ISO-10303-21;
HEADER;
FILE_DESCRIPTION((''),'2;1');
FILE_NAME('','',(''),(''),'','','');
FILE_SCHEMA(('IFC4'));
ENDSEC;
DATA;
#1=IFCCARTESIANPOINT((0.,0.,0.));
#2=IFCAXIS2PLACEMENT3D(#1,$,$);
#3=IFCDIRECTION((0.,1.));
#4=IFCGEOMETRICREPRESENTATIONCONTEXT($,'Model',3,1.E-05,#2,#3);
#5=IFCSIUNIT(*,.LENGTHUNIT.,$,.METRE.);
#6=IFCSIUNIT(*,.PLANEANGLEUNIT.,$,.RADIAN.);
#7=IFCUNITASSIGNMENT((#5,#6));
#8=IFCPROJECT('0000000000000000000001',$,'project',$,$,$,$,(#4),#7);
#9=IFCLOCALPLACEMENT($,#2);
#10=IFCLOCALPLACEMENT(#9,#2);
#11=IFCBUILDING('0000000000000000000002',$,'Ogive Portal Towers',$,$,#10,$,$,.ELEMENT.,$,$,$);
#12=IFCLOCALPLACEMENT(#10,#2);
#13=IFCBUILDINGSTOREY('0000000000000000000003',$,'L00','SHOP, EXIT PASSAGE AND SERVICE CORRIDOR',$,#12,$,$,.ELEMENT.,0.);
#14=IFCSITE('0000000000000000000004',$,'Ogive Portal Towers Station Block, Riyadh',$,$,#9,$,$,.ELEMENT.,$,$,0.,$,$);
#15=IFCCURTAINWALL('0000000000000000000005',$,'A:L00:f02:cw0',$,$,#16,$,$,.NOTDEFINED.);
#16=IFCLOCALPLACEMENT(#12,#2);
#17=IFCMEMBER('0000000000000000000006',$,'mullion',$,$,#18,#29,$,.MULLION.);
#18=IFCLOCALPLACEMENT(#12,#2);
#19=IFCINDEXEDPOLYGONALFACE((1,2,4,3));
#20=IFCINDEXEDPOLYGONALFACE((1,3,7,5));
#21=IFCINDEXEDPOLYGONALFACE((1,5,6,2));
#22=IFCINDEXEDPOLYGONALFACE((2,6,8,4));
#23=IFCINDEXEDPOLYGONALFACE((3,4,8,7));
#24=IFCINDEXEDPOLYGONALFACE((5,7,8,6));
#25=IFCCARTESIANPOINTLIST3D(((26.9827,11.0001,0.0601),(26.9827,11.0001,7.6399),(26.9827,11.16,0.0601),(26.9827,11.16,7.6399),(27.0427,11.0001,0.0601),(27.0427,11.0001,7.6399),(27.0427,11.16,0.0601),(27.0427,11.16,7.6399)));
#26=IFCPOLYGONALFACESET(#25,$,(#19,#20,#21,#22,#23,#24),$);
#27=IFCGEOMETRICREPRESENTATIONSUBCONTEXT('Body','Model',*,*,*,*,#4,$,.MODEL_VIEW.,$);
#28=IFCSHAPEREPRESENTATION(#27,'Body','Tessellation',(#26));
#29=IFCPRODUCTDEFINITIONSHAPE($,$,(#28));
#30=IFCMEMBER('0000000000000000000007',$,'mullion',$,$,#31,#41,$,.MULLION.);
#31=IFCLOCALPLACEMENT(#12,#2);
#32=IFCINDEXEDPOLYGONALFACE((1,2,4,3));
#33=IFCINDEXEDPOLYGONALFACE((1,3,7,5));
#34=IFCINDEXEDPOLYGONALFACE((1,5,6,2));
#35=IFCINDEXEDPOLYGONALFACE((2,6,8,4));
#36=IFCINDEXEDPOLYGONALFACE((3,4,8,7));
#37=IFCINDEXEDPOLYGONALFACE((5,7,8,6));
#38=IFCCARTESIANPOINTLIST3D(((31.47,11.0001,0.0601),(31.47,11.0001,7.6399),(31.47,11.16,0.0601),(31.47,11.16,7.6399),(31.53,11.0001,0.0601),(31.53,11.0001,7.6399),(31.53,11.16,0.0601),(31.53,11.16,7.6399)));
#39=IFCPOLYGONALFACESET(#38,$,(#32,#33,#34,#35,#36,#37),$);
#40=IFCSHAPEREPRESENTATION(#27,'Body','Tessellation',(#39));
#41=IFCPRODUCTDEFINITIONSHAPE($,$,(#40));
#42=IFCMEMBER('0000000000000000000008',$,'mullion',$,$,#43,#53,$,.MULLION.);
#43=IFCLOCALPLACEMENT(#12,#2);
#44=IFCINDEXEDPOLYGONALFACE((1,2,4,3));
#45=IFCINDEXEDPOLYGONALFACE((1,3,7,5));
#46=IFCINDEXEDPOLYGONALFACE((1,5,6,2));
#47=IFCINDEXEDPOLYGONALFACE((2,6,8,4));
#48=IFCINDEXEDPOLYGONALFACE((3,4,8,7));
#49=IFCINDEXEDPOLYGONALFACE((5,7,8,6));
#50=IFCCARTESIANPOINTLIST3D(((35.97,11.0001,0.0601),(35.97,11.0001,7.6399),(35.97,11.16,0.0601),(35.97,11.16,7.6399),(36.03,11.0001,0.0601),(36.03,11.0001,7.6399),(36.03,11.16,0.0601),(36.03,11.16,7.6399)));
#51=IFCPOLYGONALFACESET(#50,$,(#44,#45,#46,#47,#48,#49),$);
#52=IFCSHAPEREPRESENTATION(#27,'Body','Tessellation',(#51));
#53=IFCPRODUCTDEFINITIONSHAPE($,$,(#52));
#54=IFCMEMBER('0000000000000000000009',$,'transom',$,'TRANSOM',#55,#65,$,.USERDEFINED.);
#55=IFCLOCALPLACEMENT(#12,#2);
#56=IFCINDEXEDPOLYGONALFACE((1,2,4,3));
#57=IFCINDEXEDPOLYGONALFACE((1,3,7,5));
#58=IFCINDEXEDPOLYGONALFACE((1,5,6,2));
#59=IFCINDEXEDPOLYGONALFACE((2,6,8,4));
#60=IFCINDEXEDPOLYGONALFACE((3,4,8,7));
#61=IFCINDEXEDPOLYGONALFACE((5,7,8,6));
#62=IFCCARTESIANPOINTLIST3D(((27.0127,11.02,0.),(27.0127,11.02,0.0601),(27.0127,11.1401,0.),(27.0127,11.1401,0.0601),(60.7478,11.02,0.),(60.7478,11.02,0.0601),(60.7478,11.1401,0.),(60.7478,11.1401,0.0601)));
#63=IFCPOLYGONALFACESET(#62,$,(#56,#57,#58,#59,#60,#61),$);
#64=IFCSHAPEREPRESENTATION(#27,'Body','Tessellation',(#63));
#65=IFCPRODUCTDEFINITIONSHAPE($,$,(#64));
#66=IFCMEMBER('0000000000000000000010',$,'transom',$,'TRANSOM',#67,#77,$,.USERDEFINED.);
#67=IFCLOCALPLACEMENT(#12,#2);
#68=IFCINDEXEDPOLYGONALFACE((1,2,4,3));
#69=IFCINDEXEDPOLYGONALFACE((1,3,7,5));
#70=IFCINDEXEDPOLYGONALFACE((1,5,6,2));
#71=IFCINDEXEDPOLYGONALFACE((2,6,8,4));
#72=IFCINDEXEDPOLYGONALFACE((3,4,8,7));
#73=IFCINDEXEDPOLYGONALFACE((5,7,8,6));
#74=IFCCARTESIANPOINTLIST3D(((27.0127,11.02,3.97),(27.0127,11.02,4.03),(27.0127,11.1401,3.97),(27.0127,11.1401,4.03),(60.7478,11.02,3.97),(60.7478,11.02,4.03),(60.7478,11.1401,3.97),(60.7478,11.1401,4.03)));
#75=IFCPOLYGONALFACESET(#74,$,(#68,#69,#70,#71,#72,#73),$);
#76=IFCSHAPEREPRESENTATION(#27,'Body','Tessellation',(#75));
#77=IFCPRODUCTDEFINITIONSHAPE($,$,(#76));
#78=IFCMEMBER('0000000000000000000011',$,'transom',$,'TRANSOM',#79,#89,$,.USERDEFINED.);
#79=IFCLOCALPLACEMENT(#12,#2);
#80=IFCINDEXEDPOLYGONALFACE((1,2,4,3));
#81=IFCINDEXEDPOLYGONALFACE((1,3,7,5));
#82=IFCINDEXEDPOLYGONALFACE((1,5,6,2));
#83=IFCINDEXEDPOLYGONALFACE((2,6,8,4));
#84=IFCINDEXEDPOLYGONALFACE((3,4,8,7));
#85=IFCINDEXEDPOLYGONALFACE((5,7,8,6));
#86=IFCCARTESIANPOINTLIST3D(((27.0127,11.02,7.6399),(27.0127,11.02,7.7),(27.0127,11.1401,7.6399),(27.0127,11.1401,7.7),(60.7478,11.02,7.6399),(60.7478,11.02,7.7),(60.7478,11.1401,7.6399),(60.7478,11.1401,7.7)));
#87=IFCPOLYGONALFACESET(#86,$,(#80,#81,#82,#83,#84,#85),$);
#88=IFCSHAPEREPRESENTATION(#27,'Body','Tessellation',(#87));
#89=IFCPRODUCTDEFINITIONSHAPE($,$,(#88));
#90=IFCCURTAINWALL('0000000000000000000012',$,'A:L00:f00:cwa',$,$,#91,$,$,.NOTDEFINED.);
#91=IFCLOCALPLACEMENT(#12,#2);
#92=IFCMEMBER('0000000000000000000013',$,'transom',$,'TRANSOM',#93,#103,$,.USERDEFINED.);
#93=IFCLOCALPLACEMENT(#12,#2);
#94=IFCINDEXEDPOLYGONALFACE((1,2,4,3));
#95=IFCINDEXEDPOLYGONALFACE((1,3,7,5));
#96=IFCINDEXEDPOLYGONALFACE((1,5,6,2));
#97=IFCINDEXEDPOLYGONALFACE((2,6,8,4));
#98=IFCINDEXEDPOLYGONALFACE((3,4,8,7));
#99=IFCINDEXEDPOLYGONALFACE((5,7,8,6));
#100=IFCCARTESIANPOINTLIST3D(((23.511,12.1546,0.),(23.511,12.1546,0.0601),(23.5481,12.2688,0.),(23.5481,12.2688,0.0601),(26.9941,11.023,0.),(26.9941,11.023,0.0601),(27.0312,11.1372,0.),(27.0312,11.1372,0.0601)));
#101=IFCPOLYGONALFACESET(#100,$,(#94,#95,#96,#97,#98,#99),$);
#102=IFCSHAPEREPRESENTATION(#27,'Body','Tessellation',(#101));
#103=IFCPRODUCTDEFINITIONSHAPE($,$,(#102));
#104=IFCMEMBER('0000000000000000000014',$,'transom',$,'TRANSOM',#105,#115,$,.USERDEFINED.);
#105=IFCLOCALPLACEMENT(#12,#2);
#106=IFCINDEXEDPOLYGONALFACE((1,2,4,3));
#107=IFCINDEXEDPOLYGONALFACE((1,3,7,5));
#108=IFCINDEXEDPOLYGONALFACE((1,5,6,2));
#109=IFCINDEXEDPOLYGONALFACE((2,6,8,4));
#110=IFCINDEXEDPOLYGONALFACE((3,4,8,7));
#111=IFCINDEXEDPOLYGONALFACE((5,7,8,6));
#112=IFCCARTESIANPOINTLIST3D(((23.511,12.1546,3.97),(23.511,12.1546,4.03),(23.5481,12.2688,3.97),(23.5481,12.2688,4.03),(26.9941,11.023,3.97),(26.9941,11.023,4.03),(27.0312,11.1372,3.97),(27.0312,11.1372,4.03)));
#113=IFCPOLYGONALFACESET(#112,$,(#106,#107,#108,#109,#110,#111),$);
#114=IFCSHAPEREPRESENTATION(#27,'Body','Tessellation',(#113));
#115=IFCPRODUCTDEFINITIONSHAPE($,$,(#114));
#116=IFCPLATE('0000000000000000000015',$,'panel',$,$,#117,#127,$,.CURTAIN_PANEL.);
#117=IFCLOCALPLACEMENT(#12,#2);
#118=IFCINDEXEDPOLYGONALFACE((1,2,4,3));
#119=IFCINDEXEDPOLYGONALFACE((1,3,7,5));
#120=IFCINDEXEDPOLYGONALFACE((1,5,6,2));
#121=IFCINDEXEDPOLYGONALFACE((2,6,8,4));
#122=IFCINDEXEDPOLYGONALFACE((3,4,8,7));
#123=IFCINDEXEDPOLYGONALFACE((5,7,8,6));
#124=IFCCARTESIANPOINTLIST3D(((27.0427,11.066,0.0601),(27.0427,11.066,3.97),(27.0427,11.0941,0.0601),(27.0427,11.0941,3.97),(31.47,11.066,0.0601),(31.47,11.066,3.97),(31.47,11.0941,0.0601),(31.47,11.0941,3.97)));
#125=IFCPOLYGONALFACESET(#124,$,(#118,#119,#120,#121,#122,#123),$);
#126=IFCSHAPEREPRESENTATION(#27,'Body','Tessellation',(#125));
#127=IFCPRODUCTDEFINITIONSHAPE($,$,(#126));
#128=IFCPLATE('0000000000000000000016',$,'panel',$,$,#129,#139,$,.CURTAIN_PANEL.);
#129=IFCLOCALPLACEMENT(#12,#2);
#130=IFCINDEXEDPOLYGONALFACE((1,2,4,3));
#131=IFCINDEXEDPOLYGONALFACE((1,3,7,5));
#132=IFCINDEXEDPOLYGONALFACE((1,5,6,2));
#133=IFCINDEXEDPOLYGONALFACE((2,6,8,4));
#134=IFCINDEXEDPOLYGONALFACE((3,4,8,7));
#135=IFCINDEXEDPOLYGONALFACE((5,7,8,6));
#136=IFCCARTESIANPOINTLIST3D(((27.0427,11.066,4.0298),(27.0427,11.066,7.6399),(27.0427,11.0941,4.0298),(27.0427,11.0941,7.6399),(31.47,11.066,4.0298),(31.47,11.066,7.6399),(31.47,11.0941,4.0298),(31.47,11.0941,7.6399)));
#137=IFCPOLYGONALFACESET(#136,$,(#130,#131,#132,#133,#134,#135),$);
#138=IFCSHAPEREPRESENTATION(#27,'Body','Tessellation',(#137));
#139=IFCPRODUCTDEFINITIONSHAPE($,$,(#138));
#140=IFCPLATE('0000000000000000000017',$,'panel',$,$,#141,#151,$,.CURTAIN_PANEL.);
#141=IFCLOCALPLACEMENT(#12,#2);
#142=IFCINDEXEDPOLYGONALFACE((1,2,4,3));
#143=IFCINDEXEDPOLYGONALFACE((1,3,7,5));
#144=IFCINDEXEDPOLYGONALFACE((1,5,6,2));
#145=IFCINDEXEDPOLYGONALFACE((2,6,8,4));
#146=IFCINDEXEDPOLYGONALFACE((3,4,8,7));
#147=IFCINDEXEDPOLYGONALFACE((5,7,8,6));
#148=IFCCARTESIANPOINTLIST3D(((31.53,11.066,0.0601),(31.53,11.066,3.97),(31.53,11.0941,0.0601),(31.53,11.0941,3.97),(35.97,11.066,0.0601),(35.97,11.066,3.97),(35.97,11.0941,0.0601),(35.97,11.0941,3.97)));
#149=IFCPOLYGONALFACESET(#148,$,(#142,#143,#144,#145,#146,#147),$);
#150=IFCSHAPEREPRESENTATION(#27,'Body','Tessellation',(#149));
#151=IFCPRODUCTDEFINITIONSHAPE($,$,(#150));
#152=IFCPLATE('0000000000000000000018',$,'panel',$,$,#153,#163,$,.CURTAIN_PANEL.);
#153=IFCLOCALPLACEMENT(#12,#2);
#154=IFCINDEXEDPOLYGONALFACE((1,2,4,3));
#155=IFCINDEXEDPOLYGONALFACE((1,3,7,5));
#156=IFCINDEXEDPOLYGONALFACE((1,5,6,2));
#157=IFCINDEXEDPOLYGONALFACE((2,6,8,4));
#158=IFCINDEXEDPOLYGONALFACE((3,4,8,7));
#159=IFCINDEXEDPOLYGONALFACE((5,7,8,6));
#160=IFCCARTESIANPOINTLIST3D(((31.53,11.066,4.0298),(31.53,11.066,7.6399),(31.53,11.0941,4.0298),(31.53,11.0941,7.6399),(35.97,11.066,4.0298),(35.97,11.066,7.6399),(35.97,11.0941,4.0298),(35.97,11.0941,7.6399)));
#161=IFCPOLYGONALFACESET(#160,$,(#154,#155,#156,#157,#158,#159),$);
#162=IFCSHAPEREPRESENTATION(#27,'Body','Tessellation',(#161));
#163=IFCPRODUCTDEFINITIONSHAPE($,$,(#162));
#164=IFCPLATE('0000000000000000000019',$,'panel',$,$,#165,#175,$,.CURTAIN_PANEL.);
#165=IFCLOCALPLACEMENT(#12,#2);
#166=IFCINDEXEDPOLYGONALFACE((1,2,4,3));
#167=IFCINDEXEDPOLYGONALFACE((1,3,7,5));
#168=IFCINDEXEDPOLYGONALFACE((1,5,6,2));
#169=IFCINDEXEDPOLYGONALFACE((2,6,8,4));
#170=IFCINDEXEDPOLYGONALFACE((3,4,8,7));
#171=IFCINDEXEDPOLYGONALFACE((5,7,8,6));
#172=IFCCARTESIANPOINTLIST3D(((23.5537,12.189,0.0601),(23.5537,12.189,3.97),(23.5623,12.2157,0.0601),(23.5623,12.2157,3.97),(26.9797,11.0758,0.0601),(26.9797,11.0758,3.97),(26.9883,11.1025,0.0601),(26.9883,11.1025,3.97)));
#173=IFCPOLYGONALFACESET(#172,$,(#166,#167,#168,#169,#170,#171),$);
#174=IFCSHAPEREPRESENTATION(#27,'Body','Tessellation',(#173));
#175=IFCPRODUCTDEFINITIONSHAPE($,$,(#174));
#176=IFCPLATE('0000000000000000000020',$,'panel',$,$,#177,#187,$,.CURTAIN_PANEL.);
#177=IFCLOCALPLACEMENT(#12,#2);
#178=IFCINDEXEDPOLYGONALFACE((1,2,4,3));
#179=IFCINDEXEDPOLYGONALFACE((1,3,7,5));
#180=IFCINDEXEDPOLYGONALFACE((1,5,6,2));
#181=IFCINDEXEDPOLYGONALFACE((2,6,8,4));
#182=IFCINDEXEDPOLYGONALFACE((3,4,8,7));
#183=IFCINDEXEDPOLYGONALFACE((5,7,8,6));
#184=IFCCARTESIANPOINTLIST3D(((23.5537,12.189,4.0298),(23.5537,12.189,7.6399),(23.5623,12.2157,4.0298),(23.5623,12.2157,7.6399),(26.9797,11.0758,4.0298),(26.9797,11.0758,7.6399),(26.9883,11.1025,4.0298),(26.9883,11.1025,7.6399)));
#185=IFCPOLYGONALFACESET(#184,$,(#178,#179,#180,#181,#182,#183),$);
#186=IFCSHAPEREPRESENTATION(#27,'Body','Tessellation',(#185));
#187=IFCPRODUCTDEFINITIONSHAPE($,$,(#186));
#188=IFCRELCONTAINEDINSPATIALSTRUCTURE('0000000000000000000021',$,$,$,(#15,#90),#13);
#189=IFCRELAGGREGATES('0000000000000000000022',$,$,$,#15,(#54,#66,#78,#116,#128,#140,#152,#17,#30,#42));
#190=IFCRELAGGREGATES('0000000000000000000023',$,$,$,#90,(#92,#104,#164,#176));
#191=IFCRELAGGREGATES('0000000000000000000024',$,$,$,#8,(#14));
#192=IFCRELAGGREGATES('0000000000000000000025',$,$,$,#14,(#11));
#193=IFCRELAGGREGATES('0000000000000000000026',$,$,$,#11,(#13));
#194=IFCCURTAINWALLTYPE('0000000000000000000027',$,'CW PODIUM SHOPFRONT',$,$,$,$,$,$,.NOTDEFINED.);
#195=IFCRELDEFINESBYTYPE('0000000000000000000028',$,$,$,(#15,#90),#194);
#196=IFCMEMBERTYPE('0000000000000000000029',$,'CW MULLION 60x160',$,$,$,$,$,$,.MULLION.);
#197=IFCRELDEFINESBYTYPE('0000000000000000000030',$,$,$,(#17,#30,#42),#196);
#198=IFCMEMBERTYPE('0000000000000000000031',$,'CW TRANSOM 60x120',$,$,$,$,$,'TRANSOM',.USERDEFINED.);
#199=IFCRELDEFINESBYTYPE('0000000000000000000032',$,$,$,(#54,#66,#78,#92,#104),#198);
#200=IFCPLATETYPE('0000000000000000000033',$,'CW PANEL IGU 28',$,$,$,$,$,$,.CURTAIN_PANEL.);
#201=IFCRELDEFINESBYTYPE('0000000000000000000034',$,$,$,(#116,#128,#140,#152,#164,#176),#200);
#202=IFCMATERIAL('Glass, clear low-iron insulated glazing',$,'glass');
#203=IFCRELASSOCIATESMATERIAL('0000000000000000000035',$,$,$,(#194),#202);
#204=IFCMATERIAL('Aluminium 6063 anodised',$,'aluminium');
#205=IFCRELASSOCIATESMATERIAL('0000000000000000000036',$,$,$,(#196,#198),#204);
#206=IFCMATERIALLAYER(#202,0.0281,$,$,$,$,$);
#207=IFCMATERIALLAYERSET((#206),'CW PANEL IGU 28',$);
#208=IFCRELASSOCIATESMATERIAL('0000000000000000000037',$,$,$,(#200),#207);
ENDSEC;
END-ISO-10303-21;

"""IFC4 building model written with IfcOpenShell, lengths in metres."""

from ifc_helpers import new_model, si_unit, direction, frame, origin, origin_2d, place, context, subcontext, project, spatial, rectangle, extrude, material, layer, layer_set, material_profile, profile_set, type_object, element, aggregate, save


model = new_model("IFC4")

# Units and contexts
model_context = context("Model", 3, precision=1e-05, world=origin(), true_north=direction((0.0, 1.0)))
body_context = subcontext(model_context, "Body", "Model", "MODEL_VIEW")
ifc_project = project(units=[si_unit("LENGTHUNIT", "METRE"), si_unit("PLANEANGLEUNIT", "RADIAN")], contexts=[model_context])

# Site, building, storey
site_placement = place(None, origin())
site = spatial("IfcSite", under=ifc_project, at=site_placement, Name="Ogive Portal Towers Station Block, Riyadh", CompositionType="ELEMENT", RefElevation=0.0)
building_placement = place(site_placement, origin())
building = spatial("IfcBuilding", under=site, at=building_placement, Name="Ogive Portal Towers", CompositionType="ELEMENT")
storey_placement = place(building_placement, origin())
storey = spatial("IfcBuildingStorey", under=building, at=storey_placement, Name="L00", Description="SHOP, EXIT PASSAGE AND SERVICE CORRIDOR", CompositionType="ELEMENT", Elevation=0.0)

# Curtain walls, members
ifc_material_1 = material(Name="Glass, clear low-iron insulated glazing", Category="glass")
curtain_wall_type = type_object("IfcCurtainWallType", Name="CW PODIUM SHOPFRONT", PredefinedType="NOTDEFINED", material=ifc_material_1)
curtain_wall_1_placement = place(storey_placement, origin())
curtain_wall_1 = element("IfcCurtainWall", 1, at=curtain_wall_1_placement, inside=storey, type_object=curtain_wall_type, Name="A:L00:f02:cw0", PredefinedType="NOTDEFINED")
ifc_material_2 = material(Name="Aluminium 6063 anodised", Category="aluminium")
ifc_material_profile_1 = material_profile(ifc_material_2, rectangle(XDim=0.1599, YDim=0.0601, at=origin_2d()), Name="AL 60x160")
ifc_profile_set_1 = profile_set([ifc_material_profile_1], Name="Aluminium 6063 anodised")
member_type_1 = type_object("IfcMemberType", Name="CW MULLION 60x160", PredefinedType="MULLION", material=ifc_profile_set_1)
member_1_placement = place(storey_placement, frame((27.0127, 11.0801, 0.0601), z_axis=(0.0, 0.0, 1.0), x_axis=(0.0, 1.0, 0.0)))
member_1 = element("IfcMember", 2, at=member_1_placement, type_object=member_type_1, Name="mullion", PredefinedType="MULLION", context=body_context, shape_type="SweptSolid", body=[
    extrude(rectangle(XDim=0.1599, YDim=0.0601, at=origin_2d()), origin(), (0.0, 0.0, 1.0), 7.5798),
])
member_2_placement = place(storey_placement, frame((31.5, 11.0801, 0.0601), z_axis=(0.0, 0.0, 1.0), x_axis=(0.0, 1.0, 0.0)))
member_2 = element("IfcMember", 3, at=member_2_placement, type_object=member_type_1, Name="mullion", PredefinedType="MULLION", context=body_context, shape_type="SweptSolid", body=[
    extrude(rectangle(XDim=0.1599, YDim=0.0601, at=origin_2d()), origin(), (0.0, 0.0, 1.0), 7.5798),
])
member_3_placement = place(storey_placement, frame((36.0, 11.0801, 0.0601), z_axis=(0.0, 0.0, 1.0), x_axis=(0.0, 1.0, 0.0)))
member_3 = element("IfcMember", 4, at=member_3_placement, type_object=member_type_1, Name="mullion", PredefinedType="MULLION", context=body_context, shape_type="SweptSolid", body=[
    extrude(rectangle(XDim=0.1599, YDim=0.0601, at=origin_2d()), origin(), (0.0, 0.0, 1.0), 7.5798),
])
ifc_material_profile_2 = material_profile(ifc_material_2, rectangle(XDim=0.1201, YDim=0.0601, at=origin_2d()), Name="AL 120x60")
ifc_profile_set_2 = profile_set([ifc_material_profile_2], Name="Aluminium 6063 anodised")
member_type_2 = type_object("IfcMemberType", Name="CW TRANSOM 60x120", ElementType="TRANSOM", PredefinedType="USERDEFINED", material=ifc_profile_set_2)
member_4_placement = place(storey_placement, frame((27.0127, 11.0801, 0.03), z_axis=(1.0, 0.0, 0.0), x_axis=(0.0, 1.0, 0.0)))
member_4 = element("IfcMember", 5, at=member_4_placement, type_object=member_type_2, Name="transom", ObjectType="TRANSOM", PredefinedType="USERDEFINED", context=body_context, shape_type="SweptSolid", body=[
    extrude(rectangle(XDim=0.1201, YDim=0.0601, at=origin_2d()), origin(), (0.0, 0.0, 1.0), 33.7351),
])
member_5_placement = place(storey_placement, frame((27.0127, 11.0801, 4.0), z_axis=(1.0, 0.0, 0.0), x_axis=(0.0, 1.0, 0.0)))
member_5 = element("IfcMember", 6, at=member_5_placement, type_object=member_type_2, Name="transom", ObjectType="TRANSOM", PredefinedType="USERDEFINED", context=body_context, shape_type="SweptSolid", body=[
    extrude(rectangle(XDim=0.1201, YDim=0.0601, at=origin_2d()), origin(), (0.0, 0.0, 1.0), 33.7351),
])
member_6_placement = place(storey_placement, frame((27.0127, 11.0801, 7.6699), z_axis=(1.0, 0.0, 0.0), x_axis=(0.0, 1.0, 0.0)))
member_6 = element("IfcMember", 7, at=member_6_placement, type_object=member_type_2, Name="transom", ObjectType="TRANSOM", PredefinedType="USERDEFINED", context=body_context, shape_type="SweptSolid", body=[
    extrude(rectangle(XDim=0.1201, YDim=0.0601, at=origin_2d()), origin(), (0.0, 0.0, 1.0), 33.7351),
])
curtain_wall_2_placement = place(storey_placement, origin())
curtain_wall_2 = element("IfcCurtainWall", 8, at=curtain_wall_2_placement, inside=storey, type_object=curtain_wall_type, Name="A:L00:f00:cwa", PredefinedType="NOTDEFINED")
member_7_placement = place(storey_placement, frame((23.5295, 12.2117, 0.03), z_axis=(0.951069, -0.308979, 0.0), x_axis=(0.308979, 0.951069, 0.0)))
member_7 = element("IfcMember", 9, at=member_7_placement, type_object=member_type_2, Name="transom", ObjectType="TRANSOM", PredefinedType="USERDEFINED", context=body_context, shape_type="SweptSolid", body=[
    extrude(rectangle(XDim=0.1201, YDim=0.0601, at=origin_2d()), origin(), (0.0, 0.0, 1.0), 3.6624),
])
member_8_placement = place(storey_placement, frame((23.5295, 12.2117, 4.0), z_axis=(0.951069, -0.308979, 0.0), x_axis=(0.308979, 0.951069, 0.0)))
member_8 = element("IfcMember", 10, at=member_8_placement, type_object=member_type_2, Name="transom", ObjectType="TRANSOM", PredefinedType="USERDEFINED", context=body_context, shape_type="SweptSolid", body=[
    extrude(rectangle(XDim=0.1201, YDim=0.0601, at=origin_2d()), origin(), (0.0, 0.0, 1.0), 3.6624),
])

# Plates
ifc_layer_1 = layer(ifc_material_1, 0.0281)
ifc_layer_set_1 = layer_set([ifc_layer_1], Name="CW PANEL IGU 28")
plate_type = type_object("IfcPlateType", Name="CW PANEL IGU 28", PredefinedType="CURTAIN_PANEL", material=ifc_layer_set_1)
plate_1_placement = place(storey_placement, frame((29.2563, 11.0801, 0.0601), z_axis=(0.0, 0.0, 1.0), x_axis=(1.0, 0.0, 0.0)))
plate_1 = element("IfcPlate", 11, at=plate_1_placement, type_object=plate_type, Name="panel", PredefinedType="CURTAIN_PANEL", context=body_context, shape_type="SweptSolid", body=[
    extrude(rectangle(XDim=4.4272, YDim=0.0281, at=origin_2d()), origin(), (0.0, 0.0, 1.0), 3.9099),
])
plate_2_placement = place(storey_placement, frame((29.2563, 11.0801, 4.0298), z_axis=(0.0, 0.0, 1.0), x_axis=(1.0, 0.0, 0.0)))
plate_2 = element("IfcPlate", 12, at=plate_2_placement, type_object=plate_type, Name="panel", PredefinedType="CURTAIN_PANEL", context=body_context, shape_type="SweptSolid", body=[
    extrude(rectangle(XDim=4.4272, YDim=0.0281, at=origin_2d()), origin(), (0.0, 0.0, 1.0), 3.6101),
])
plate_3_placement = place(storey_placement, frame((33.75, 11.0801, 0.0601), z_axis=(0.0, 0.0, 1.0), x_axis=(1.0, 0.0, 0.0)))
plate_3 = element("IfcPlate", 13, at=plate_3_placement, type_object=plate_type, Name="panel", PredefinedType="CURTAIN_PANEL", context=body_context, shape_type="SweptSolid", body=[
    extrude(rectangle(XDim=4.4399, YDim=0.0281, at=origin_2d()), origin(), (0.0, 0.0, 1.0), 3.9099),
])
plate_4_placement = place(storey_placement, frame((33.75, 11.0801, 4.0298), z_axis=(0.0, 0.0, 1.0), x_axis=(1.0, 0.0, 0.0)))
plate_4 = element("IfcPlate", 14, at=plate_4_placement, type_object=plate_type, Name="panel", PredefinedType="CURTAIN_PANEL", context=body_context, shape_type="SweptSolid", body=[
    extrude(rectangle(XDim=4.4399, YDim=0.0281, at=origin_2d()), origin(), (0.0, 0.0, 1.0), 3.6101),
])
aggregate(curtain_wall_1, [member_4, member_5, member_6, plate_1, plate_2, plate_3, plate_4, member_1, member_2, member_3])
plate_5_placement = place(storey_placement, frame((25.271, 11.6458, 0.0601), z_axis=(0.0, 0.0, 1.0), x_axis=(0.951057, -0.309017, 0.0)))
plate_5 = element("IfcPlate", 15, at=plate_5_placement, type_object=plate_type, Name="panel", PredefinedType="CURTAIN_PANEL", context=body_context, shape_type="SweptSolid", body=[
    extrude(rectangle(XDim=3.6023, YDim=0.0281, at=origin_2d()), origin(), (0.0, 0.0, 1.0), 3.9099),
])
plate_6_placement = place(storey_placement, frame((25.271, 11.6458, 4.0298), z_axis=(0.0, 0.0, 1.0), x_axis=(0.951057, -0.309017, 0.0)))
plate_6 = element("IfcPlate", 16, at=plate_6_placement, type_object=plate_type, Name="panel", PredefinedType="CURTAIN_PANEL", context=body_context, shape_type="SweptSolid", body=[
    extrude(rectangle(XDim=3.6023, YDim=0.0281, at=origin_2d()), origin(), (0.0, 0.0, 1.0), 3.6101),
])
aggregate(curtain_wall_2, [member_7, member_8, plate_5, plate_6])

save(model, "model.ifc")
